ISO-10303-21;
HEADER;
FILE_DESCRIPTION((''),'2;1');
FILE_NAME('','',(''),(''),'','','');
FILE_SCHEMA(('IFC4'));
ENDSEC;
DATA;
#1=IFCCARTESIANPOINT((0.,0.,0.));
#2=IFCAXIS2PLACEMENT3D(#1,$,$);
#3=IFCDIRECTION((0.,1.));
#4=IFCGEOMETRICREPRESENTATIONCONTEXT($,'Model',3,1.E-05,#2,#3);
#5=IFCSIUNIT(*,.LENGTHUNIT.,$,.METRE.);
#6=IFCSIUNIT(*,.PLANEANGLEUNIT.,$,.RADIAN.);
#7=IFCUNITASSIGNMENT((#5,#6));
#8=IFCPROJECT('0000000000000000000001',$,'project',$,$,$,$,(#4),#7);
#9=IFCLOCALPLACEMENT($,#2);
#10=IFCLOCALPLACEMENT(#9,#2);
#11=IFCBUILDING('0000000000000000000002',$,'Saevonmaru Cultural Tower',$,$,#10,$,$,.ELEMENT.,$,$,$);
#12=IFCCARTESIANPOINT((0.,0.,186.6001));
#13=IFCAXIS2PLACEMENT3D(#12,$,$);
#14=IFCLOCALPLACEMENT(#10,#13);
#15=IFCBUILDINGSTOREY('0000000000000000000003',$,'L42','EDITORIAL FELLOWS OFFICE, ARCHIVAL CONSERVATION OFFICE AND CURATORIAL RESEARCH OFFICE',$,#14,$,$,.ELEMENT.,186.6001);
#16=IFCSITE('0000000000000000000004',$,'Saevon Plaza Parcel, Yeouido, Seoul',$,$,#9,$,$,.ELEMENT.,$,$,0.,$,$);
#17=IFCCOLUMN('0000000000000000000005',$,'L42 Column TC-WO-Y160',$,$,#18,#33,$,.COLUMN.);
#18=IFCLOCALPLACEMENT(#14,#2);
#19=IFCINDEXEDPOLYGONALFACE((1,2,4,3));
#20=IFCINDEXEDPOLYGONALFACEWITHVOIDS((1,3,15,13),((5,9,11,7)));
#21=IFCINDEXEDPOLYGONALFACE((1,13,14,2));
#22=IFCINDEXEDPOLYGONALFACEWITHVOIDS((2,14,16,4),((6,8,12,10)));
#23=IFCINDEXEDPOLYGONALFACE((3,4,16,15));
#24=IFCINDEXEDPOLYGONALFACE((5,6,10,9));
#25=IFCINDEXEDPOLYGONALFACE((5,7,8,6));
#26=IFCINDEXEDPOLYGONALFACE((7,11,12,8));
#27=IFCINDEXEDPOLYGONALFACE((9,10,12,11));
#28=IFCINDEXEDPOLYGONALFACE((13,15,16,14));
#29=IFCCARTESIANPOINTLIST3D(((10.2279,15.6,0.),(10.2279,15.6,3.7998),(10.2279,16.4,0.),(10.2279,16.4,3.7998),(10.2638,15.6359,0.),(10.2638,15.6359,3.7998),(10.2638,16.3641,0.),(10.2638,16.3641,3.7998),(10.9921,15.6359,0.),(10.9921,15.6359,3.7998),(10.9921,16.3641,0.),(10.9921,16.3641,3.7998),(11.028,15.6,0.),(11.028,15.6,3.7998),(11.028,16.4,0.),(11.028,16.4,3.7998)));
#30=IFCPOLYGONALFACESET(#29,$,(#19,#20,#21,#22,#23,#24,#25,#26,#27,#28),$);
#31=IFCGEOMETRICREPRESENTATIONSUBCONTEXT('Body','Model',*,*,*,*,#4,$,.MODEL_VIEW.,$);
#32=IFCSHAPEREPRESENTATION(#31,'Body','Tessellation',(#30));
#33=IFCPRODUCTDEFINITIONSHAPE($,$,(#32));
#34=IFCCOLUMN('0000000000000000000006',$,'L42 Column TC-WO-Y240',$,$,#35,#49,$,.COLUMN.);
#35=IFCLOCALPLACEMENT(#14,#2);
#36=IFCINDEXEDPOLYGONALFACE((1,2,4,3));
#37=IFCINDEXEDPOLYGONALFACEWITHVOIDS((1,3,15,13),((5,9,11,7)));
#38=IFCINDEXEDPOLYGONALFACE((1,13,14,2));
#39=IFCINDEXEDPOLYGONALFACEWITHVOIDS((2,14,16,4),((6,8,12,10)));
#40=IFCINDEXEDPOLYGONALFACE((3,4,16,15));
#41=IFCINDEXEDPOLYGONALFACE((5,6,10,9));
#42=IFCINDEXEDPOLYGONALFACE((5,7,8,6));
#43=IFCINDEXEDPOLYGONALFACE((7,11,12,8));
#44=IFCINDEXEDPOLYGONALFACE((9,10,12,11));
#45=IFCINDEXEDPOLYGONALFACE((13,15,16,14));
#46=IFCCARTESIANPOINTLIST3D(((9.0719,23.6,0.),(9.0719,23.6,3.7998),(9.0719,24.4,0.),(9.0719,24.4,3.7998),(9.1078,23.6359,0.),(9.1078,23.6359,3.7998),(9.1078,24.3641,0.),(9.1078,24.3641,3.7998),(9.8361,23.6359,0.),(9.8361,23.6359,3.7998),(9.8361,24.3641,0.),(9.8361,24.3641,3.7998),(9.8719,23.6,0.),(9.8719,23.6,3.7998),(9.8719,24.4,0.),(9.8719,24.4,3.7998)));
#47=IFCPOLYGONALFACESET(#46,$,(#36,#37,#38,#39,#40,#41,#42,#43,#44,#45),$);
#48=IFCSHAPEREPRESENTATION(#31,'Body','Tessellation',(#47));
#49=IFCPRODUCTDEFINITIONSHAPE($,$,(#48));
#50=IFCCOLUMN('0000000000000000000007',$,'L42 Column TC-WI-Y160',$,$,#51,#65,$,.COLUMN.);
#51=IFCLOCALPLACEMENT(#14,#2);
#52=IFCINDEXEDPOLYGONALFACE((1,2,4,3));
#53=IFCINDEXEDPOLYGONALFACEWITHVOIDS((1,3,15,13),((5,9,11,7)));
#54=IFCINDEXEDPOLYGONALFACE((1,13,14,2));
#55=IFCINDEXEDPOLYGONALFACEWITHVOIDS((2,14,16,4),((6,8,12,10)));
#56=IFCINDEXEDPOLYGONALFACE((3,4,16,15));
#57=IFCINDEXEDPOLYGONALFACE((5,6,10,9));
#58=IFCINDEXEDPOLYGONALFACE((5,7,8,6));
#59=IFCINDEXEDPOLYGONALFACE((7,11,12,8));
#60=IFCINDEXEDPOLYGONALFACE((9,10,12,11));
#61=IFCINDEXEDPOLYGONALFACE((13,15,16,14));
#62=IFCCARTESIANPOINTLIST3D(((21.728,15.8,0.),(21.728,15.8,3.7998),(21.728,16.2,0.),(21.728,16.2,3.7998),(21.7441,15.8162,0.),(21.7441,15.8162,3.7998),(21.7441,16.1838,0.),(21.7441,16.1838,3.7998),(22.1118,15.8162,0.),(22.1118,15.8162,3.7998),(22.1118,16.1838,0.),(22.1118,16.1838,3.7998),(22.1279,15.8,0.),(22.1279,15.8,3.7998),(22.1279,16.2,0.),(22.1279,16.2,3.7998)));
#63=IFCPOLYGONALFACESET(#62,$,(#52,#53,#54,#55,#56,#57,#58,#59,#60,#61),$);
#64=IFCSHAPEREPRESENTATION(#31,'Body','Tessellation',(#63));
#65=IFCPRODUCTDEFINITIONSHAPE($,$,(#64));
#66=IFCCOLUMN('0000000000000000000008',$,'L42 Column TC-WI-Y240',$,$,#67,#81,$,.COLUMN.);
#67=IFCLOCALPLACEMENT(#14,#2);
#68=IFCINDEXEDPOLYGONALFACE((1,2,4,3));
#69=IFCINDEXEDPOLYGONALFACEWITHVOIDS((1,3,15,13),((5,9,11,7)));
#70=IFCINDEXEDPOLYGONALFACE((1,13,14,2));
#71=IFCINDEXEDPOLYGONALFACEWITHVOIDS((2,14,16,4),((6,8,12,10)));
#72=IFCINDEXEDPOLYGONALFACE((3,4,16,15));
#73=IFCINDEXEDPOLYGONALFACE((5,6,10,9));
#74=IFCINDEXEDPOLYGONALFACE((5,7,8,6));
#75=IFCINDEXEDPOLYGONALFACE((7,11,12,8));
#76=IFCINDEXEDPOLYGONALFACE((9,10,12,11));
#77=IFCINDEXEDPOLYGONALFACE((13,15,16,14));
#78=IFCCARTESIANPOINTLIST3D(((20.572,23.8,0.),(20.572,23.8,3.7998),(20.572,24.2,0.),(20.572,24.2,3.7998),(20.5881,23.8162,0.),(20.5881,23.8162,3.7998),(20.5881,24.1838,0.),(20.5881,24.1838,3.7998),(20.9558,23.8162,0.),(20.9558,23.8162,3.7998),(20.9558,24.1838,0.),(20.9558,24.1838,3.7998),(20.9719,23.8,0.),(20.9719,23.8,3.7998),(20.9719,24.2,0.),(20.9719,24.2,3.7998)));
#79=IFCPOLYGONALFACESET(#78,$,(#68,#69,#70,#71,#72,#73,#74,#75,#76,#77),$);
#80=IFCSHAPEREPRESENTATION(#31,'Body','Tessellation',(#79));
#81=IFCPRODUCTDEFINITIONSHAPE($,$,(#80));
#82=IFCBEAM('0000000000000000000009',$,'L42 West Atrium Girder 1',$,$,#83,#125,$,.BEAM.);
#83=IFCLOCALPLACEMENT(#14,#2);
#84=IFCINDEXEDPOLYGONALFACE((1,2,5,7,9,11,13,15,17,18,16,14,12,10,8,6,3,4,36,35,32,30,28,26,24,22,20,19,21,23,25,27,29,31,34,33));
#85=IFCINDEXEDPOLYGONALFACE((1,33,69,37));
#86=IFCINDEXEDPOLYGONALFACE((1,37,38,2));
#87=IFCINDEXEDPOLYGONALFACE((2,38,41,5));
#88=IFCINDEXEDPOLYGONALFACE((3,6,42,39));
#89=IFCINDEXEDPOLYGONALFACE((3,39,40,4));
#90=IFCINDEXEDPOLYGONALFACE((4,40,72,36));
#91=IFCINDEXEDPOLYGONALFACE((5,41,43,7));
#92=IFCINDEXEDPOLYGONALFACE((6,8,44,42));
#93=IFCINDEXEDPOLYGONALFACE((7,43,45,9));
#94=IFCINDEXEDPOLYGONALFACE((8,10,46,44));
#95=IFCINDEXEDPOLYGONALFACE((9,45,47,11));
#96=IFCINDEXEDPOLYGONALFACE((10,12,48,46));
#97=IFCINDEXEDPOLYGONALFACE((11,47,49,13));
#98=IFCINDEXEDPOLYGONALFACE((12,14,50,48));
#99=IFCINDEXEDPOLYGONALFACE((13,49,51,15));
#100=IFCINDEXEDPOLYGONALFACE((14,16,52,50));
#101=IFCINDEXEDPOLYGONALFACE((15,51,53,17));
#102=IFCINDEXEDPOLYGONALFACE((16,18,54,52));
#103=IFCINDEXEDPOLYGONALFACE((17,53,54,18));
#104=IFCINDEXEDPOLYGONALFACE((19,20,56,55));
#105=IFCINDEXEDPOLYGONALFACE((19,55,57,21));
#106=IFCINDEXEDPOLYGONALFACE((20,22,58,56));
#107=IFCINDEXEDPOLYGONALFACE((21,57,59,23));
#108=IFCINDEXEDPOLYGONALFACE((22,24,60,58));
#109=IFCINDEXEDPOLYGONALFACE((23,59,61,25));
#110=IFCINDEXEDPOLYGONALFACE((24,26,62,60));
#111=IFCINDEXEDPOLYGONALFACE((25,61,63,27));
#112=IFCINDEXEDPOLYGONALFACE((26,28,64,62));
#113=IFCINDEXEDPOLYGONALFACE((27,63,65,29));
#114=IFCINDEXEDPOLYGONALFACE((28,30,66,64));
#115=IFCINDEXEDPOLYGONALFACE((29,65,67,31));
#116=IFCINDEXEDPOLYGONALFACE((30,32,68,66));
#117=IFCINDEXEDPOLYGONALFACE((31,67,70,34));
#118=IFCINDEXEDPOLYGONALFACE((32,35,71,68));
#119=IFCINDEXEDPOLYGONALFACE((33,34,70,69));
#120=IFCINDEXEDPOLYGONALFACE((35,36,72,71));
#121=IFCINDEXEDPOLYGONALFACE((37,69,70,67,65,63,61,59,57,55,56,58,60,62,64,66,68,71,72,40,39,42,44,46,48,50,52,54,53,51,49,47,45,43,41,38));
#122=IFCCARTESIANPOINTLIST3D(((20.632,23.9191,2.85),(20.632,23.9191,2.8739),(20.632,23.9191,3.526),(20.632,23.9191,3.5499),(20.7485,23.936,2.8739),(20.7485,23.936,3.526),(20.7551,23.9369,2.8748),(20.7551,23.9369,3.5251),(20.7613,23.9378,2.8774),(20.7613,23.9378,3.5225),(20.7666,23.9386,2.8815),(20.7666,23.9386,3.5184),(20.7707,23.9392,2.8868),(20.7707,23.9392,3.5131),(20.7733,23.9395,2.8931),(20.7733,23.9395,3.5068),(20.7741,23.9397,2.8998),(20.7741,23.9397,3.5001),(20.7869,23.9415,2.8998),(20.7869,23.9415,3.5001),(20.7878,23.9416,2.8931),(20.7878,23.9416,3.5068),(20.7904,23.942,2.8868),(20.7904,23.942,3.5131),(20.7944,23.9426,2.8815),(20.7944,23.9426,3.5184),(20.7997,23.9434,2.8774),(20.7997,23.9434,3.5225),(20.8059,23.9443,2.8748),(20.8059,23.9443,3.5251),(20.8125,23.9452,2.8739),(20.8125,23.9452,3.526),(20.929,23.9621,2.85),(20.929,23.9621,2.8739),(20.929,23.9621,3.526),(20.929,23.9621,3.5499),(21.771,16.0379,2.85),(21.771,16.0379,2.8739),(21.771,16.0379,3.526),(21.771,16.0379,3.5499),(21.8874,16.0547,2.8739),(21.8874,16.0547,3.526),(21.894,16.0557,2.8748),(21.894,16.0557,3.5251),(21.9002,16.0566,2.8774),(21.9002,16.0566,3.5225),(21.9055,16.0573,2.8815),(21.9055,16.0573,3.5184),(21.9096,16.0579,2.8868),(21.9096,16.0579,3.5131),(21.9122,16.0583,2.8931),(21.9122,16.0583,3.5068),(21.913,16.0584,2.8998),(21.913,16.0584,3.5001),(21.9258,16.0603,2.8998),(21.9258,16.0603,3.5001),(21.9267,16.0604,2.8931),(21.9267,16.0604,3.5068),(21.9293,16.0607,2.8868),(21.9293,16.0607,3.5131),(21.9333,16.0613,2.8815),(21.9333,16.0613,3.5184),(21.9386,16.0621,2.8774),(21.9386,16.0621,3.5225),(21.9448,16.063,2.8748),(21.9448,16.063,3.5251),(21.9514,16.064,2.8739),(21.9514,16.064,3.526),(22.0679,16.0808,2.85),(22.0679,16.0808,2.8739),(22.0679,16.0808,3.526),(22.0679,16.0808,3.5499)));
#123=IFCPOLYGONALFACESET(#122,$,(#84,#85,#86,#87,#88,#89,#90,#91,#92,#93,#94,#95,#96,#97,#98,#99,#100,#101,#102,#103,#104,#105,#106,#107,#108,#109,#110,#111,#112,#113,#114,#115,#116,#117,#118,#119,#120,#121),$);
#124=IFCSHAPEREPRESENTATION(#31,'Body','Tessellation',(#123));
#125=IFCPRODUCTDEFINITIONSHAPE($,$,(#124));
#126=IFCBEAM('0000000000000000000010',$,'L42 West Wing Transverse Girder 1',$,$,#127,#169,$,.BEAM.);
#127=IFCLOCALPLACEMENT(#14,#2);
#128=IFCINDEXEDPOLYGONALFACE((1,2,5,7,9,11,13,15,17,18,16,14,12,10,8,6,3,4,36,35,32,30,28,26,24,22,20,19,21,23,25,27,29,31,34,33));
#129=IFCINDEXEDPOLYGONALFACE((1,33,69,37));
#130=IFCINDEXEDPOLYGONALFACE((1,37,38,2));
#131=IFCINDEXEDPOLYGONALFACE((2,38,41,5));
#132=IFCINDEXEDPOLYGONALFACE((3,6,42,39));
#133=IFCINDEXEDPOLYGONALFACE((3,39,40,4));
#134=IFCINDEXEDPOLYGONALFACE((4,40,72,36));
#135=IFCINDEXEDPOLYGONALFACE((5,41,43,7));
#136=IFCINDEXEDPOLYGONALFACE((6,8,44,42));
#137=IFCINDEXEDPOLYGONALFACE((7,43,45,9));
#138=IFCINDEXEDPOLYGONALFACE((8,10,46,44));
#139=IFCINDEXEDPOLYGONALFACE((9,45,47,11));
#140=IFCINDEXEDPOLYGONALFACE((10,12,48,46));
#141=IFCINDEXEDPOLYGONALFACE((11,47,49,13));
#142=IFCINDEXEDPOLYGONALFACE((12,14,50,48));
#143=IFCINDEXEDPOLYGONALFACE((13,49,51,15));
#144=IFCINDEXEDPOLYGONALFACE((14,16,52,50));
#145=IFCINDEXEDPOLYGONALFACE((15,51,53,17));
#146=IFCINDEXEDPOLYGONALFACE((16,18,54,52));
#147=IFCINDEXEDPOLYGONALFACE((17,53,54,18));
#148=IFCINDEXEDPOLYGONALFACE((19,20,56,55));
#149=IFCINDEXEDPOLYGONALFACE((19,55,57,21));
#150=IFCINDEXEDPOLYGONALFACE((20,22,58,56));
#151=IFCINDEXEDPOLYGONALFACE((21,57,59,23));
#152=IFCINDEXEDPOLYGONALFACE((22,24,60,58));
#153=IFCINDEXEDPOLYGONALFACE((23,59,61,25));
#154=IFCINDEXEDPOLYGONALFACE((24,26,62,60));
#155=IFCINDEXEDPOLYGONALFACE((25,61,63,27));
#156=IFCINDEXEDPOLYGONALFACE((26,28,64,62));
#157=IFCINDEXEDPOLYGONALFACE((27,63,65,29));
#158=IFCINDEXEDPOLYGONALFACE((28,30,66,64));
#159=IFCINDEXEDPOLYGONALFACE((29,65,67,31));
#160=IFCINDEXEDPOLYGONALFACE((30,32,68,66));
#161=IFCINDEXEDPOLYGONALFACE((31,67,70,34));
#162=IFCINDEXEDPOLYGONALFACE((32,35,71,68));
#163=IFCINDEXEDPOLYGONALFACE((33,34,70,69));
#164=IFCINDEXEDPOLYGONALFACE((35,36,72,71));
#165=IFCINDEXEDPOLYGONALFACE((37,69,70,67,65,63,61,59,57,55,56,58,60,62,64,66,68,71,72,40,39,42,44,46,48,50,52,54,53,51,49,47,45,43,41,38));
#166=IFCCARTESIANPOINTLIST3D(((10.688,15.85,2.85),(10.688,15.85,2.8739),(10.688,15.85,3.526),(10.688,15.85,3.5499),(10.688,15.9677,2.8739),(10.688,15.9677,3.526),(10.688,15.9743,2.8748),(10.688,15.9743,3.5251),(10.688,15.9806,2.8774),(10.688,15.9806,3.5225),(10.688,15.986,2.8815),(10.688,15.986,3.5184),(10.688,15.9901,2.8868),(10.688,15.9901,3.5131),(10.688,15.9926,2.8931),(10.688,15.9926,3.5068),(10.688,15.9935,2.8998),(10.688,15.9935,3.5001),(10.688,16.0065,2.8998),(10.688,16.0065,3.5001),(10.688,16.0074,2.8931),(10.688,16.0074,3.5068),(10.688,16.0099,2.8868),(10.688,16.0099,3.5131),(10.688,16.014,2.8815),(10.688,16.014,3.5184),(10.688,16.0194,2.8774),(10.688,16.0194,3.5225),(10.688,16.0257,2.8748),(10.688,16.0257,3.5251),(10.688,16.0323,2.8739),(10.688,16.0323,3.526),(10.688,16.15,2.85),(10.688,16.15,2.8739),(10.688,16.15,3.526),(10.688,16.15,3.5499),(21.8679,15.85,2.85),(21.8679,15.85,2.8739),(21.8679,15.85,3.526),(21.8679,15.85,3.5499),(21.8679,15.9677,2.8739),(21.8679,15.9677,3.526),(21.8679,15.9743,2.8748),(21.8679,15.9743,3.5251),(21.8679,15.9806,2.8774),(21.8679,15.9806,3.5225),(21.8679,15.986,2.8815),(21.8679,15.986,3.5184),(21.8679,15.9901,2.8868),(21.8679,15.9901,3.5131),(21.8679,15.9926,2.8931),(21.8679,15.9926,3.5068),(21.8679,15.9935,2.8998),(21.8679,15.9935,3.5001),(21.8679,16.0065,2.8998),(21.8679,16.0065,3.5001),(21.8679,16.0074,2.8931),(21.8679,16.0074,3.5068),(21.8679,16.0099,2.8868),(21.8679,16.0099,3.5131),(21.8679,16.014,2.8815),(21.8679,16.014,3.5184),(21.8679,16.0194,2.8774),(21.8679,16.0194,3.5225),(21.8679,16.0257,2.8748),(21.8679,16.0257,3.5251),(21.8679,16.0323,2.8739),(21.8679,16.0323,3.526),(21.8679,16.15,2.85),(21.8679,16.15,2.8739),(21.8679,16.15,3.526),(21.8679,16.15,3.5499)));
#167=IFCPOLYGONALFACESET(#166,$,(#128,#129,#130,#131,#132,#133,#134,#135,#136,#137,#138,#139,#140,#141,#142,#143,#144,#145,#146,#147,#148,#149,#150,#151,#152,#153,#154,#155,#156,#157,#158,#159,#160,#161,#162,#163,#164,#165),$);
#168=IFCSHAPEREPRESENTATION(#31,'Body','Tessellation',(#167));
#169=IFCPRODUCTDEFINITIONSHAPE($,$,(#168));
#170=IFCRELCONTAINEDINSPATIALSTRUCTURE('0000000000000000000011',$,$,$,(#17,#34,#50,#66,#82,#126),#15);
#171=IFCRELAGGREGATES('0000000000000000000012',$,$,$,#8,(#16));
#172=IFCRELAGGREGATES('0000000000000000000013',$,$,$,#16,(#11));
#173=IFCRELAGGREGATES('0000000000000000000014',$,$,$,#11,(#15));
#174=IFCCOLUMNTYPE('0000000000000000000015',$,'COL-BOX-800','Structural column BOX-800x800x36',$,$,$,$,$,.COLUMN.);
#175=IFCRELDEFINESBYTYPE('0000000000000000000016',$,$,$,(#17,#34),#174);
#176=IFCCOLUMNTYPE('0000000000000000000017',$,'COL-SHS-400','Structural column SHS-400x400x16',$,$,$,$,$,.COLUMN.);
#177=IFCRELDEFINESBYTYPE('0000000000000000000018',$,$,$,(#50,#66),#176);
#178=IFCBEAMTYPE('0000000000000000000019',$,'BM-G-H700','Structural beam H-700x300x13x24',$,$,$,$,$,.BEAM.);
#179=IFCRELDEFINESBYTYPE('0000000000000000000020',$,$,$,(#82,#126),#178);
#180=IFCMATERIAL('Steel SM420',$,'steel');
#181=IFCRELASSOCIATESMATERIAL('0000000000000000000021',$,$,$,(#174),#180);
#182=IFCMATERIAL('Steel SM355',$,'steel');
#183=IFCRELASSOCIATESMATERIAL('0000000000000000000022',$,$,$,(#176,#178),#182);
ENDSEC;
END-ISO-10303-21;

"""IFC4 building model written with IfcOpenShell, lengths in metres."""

from ifc_helpers import new_model, si_unit, direction, frame, origin, origin_2d, place, context, subcontext, project, spatial, hollow_rectangle, i_section, extrude, material, material_profile, profile_set, type_object, element, save


model = new_model("IFC4")

# Units and contexts
model_context = context("Model", 3, precision=1e-05, world=origin(), true_north=direction((0.0, 1.0)))
body_context = subcontext(model_context, "Body", "Model", "MODEL_VIEW")
ifc_project = project(units=[si_unit("LENGTHUNIT", "METRE"), si_unit("PLANEANGLEUNIT", "RADIAN")], contexts=[model_context])

# Site, building, storey
site_placement = place(None, origin())
site = spatial("IfcSite", under=ifc_project, at=site_placement, Name="Saevon Plaza Parcel, Yeouido, Seoul", CompositionType="ELEMENT", RefElevation=0.0)
building_placement = place(site_placement, origin())
building = spatial("IfcBuilding", under=site, at=building_placement, Name="Saevonmaru Cultural Tower", CompositionType="ELEMENT")
storey_placement = place(building_placement, frame((0.0, 0.0, 186.6001)))
storey = spatial("IfcBuildingStorey", under=building, at=storey_placement, Name="L42", Description="EDITORIAL FELLOWS OFFICE, ARCHIVAL CONSERVATION OFFICE AND CURATORIAL RESEARCH OFFICE", CompositionType="ELEMENT", Elevation=186.6001)

# Columns
ifc_material_1 = material(Name="Steel SM420", Category="steel")
ifc_material_profile_1 = material_profile(ifc_material_1, hollow_rectangle(XDim=0.8, YDim=0.8, WallThickness=0.0359, at=origin_2d()), Name="BOX-800x800x36")
ifc_profile_set_1 = profile_set([ifc_material_profile_1], Name="Steel SM420")
column_type_1 = type_object("IfcColumnType", Name="COL-BOX-800", Description="Structural column BOX-800x800x36", PredefinedType="COLUMN", material=ifc_profile_set_1)
for number, where, z_axis, x_axis, name in (
    (1, (10.6279, 16.0, 0.0), (0.0, 0.0, 1.0), (1.0, 0.0, 0.0), "L42 Column TC-WO-Y160"),
    (2, (9.4719, 24.0, 0.0), (0.0, 0.0, 1.0), (1.0, 0.0, 0.0), "L42 Column TC-WO-Y240"),
):
    element("IfcColumn", number, at=place(storey_placement, frame(where, z_axis=z_axis, x_axis=x_axis)), inside=storey, type_object=column_type_1, Name=name, PredefinedType="COLUMN", context=body_context, shape_type="SweptSolid", body=[
        extrude(hollow_rectangle(XDim=0.8, YDim=0.8, WallThickness=0.0359, at=origin_2d()), origin(), (0.0, 0.0, 1.0), 3.7998),
    ])
ifc_material_2 = material(Name="Steel SM355", Category="steel")
ifc_material_profile_2 = material_profile(ifc_material_2, hollow_rectangle(XDim=0.3999, YDim=0.3999, WallThickness=0.0161, at=origin_2d()), Name="SHS-400x400x16")
ifc_profile_set_2 = profile_set([ifc_material_profile_2], Name="Steel SM355")
column_type_2 = type_object("IfcColumnType", Name="COL-SHS-400", Description="Structural column SHS-400x400x16", PredefinedType="COLUMN", material=ifc_profile_set_2)
for number, where, z_axis, x_axis, name in (
    (3, (21.928, 16.0, 0.0), (0.0, 0.0, 1.0), (1.0, 0.0, 0.0), "L42 Column TC-WI-Y160"),
    (4, (20.772, 24.0, 0.0), (0.0, 0.0, 1.0), (1.0, 0.0, 0.0), "L42 Column TC-WI-Y240"),
):
    element("IfcColumn", number, at=place(storey_placement, frame(where, z_axis=z_axis, x_axis=x_axis)), inside=storey, type_object=column_type_2, Name=name, PredefinedType="COLUMN", context=body_context, shape_type="SweptSolid", body=[
        extrude(hollow_rectangle(XDim=0.3999, YDim=0.3999, WallThickness=0.0161, at=origin_2d()), origin(), (0.0, 0.0, 1.0), 3.7998),
    ])

# Beams
ifc_material_profile_3 = material_profile(ifc_material_2, i_section(OverallWidth=0.3, OverallDepth=0.7, WebThickness=0.0129, FlangeThickness=0.0239, FilletRadius=0.0259, at=origin_2d()), Name="H-700x300x13x24")
ifc_profile_set_3 = profile_set([ifc_material_profile_3], Name="Steel SM355")
beam_type_1 = type_object("IfcBeamType", Name="BM-G-H700", Description="Structural beam H-700x300x13x24", PredefinedType="BEAM", material=ifc_profile_set_3)
beam_1_placement = place(storey_placement, frame((21.9194, 16.0593, 3.2), z_axis=(-0.143022, 0.989719, 0.0), x_axis=(-0.989719, -0.143022, 0.0)))
element("IfcBeam", 5, at=beam_1_placement, inside=storey, type_object=beam_type_1, Name="L42 West Atrium Girder 1", PredefinedType="BEAM", context=body_context, shape_type="SweptSolid", body=[
    extrude(i_section(OverallWidth=0.3, OverallDepth=0.7, WebThickness=0.0129, FlangeThickness=0.0239, FilletRadius=0.0259, at=origin_2d()), origin(), (0.0, 0.0, 1.0), 7.9631),
])
for number, where, z_axis, x_axis, name in (
    (6, (10.688, 16.0, 3.2), (1.0, 0.0, 0.0), (0.0, 1.0, 0.0), "L42 West Wing Transverse Girder 1"),
):
    element("IfcBeam", number, at=place(storey_placement, frame(where, z_axis=z_axis, x_axis=x_axis)), inside=storey, type_object=beam_type_1, Name=name, PredefinedType="BEAM", context=body_context, shape_type="SweptSolid", body=[
        extrude(i_section(OverallWidth=0.3, OverallDepth=0.7, WebThickness=0.0129, FlangeThickness=0.0239, FilletRadius=0.0259, at=origin_2d()), origin(), (0.0, 0.0, 1.0), 11.1799),
    ])

save(model, "model.ifc")
